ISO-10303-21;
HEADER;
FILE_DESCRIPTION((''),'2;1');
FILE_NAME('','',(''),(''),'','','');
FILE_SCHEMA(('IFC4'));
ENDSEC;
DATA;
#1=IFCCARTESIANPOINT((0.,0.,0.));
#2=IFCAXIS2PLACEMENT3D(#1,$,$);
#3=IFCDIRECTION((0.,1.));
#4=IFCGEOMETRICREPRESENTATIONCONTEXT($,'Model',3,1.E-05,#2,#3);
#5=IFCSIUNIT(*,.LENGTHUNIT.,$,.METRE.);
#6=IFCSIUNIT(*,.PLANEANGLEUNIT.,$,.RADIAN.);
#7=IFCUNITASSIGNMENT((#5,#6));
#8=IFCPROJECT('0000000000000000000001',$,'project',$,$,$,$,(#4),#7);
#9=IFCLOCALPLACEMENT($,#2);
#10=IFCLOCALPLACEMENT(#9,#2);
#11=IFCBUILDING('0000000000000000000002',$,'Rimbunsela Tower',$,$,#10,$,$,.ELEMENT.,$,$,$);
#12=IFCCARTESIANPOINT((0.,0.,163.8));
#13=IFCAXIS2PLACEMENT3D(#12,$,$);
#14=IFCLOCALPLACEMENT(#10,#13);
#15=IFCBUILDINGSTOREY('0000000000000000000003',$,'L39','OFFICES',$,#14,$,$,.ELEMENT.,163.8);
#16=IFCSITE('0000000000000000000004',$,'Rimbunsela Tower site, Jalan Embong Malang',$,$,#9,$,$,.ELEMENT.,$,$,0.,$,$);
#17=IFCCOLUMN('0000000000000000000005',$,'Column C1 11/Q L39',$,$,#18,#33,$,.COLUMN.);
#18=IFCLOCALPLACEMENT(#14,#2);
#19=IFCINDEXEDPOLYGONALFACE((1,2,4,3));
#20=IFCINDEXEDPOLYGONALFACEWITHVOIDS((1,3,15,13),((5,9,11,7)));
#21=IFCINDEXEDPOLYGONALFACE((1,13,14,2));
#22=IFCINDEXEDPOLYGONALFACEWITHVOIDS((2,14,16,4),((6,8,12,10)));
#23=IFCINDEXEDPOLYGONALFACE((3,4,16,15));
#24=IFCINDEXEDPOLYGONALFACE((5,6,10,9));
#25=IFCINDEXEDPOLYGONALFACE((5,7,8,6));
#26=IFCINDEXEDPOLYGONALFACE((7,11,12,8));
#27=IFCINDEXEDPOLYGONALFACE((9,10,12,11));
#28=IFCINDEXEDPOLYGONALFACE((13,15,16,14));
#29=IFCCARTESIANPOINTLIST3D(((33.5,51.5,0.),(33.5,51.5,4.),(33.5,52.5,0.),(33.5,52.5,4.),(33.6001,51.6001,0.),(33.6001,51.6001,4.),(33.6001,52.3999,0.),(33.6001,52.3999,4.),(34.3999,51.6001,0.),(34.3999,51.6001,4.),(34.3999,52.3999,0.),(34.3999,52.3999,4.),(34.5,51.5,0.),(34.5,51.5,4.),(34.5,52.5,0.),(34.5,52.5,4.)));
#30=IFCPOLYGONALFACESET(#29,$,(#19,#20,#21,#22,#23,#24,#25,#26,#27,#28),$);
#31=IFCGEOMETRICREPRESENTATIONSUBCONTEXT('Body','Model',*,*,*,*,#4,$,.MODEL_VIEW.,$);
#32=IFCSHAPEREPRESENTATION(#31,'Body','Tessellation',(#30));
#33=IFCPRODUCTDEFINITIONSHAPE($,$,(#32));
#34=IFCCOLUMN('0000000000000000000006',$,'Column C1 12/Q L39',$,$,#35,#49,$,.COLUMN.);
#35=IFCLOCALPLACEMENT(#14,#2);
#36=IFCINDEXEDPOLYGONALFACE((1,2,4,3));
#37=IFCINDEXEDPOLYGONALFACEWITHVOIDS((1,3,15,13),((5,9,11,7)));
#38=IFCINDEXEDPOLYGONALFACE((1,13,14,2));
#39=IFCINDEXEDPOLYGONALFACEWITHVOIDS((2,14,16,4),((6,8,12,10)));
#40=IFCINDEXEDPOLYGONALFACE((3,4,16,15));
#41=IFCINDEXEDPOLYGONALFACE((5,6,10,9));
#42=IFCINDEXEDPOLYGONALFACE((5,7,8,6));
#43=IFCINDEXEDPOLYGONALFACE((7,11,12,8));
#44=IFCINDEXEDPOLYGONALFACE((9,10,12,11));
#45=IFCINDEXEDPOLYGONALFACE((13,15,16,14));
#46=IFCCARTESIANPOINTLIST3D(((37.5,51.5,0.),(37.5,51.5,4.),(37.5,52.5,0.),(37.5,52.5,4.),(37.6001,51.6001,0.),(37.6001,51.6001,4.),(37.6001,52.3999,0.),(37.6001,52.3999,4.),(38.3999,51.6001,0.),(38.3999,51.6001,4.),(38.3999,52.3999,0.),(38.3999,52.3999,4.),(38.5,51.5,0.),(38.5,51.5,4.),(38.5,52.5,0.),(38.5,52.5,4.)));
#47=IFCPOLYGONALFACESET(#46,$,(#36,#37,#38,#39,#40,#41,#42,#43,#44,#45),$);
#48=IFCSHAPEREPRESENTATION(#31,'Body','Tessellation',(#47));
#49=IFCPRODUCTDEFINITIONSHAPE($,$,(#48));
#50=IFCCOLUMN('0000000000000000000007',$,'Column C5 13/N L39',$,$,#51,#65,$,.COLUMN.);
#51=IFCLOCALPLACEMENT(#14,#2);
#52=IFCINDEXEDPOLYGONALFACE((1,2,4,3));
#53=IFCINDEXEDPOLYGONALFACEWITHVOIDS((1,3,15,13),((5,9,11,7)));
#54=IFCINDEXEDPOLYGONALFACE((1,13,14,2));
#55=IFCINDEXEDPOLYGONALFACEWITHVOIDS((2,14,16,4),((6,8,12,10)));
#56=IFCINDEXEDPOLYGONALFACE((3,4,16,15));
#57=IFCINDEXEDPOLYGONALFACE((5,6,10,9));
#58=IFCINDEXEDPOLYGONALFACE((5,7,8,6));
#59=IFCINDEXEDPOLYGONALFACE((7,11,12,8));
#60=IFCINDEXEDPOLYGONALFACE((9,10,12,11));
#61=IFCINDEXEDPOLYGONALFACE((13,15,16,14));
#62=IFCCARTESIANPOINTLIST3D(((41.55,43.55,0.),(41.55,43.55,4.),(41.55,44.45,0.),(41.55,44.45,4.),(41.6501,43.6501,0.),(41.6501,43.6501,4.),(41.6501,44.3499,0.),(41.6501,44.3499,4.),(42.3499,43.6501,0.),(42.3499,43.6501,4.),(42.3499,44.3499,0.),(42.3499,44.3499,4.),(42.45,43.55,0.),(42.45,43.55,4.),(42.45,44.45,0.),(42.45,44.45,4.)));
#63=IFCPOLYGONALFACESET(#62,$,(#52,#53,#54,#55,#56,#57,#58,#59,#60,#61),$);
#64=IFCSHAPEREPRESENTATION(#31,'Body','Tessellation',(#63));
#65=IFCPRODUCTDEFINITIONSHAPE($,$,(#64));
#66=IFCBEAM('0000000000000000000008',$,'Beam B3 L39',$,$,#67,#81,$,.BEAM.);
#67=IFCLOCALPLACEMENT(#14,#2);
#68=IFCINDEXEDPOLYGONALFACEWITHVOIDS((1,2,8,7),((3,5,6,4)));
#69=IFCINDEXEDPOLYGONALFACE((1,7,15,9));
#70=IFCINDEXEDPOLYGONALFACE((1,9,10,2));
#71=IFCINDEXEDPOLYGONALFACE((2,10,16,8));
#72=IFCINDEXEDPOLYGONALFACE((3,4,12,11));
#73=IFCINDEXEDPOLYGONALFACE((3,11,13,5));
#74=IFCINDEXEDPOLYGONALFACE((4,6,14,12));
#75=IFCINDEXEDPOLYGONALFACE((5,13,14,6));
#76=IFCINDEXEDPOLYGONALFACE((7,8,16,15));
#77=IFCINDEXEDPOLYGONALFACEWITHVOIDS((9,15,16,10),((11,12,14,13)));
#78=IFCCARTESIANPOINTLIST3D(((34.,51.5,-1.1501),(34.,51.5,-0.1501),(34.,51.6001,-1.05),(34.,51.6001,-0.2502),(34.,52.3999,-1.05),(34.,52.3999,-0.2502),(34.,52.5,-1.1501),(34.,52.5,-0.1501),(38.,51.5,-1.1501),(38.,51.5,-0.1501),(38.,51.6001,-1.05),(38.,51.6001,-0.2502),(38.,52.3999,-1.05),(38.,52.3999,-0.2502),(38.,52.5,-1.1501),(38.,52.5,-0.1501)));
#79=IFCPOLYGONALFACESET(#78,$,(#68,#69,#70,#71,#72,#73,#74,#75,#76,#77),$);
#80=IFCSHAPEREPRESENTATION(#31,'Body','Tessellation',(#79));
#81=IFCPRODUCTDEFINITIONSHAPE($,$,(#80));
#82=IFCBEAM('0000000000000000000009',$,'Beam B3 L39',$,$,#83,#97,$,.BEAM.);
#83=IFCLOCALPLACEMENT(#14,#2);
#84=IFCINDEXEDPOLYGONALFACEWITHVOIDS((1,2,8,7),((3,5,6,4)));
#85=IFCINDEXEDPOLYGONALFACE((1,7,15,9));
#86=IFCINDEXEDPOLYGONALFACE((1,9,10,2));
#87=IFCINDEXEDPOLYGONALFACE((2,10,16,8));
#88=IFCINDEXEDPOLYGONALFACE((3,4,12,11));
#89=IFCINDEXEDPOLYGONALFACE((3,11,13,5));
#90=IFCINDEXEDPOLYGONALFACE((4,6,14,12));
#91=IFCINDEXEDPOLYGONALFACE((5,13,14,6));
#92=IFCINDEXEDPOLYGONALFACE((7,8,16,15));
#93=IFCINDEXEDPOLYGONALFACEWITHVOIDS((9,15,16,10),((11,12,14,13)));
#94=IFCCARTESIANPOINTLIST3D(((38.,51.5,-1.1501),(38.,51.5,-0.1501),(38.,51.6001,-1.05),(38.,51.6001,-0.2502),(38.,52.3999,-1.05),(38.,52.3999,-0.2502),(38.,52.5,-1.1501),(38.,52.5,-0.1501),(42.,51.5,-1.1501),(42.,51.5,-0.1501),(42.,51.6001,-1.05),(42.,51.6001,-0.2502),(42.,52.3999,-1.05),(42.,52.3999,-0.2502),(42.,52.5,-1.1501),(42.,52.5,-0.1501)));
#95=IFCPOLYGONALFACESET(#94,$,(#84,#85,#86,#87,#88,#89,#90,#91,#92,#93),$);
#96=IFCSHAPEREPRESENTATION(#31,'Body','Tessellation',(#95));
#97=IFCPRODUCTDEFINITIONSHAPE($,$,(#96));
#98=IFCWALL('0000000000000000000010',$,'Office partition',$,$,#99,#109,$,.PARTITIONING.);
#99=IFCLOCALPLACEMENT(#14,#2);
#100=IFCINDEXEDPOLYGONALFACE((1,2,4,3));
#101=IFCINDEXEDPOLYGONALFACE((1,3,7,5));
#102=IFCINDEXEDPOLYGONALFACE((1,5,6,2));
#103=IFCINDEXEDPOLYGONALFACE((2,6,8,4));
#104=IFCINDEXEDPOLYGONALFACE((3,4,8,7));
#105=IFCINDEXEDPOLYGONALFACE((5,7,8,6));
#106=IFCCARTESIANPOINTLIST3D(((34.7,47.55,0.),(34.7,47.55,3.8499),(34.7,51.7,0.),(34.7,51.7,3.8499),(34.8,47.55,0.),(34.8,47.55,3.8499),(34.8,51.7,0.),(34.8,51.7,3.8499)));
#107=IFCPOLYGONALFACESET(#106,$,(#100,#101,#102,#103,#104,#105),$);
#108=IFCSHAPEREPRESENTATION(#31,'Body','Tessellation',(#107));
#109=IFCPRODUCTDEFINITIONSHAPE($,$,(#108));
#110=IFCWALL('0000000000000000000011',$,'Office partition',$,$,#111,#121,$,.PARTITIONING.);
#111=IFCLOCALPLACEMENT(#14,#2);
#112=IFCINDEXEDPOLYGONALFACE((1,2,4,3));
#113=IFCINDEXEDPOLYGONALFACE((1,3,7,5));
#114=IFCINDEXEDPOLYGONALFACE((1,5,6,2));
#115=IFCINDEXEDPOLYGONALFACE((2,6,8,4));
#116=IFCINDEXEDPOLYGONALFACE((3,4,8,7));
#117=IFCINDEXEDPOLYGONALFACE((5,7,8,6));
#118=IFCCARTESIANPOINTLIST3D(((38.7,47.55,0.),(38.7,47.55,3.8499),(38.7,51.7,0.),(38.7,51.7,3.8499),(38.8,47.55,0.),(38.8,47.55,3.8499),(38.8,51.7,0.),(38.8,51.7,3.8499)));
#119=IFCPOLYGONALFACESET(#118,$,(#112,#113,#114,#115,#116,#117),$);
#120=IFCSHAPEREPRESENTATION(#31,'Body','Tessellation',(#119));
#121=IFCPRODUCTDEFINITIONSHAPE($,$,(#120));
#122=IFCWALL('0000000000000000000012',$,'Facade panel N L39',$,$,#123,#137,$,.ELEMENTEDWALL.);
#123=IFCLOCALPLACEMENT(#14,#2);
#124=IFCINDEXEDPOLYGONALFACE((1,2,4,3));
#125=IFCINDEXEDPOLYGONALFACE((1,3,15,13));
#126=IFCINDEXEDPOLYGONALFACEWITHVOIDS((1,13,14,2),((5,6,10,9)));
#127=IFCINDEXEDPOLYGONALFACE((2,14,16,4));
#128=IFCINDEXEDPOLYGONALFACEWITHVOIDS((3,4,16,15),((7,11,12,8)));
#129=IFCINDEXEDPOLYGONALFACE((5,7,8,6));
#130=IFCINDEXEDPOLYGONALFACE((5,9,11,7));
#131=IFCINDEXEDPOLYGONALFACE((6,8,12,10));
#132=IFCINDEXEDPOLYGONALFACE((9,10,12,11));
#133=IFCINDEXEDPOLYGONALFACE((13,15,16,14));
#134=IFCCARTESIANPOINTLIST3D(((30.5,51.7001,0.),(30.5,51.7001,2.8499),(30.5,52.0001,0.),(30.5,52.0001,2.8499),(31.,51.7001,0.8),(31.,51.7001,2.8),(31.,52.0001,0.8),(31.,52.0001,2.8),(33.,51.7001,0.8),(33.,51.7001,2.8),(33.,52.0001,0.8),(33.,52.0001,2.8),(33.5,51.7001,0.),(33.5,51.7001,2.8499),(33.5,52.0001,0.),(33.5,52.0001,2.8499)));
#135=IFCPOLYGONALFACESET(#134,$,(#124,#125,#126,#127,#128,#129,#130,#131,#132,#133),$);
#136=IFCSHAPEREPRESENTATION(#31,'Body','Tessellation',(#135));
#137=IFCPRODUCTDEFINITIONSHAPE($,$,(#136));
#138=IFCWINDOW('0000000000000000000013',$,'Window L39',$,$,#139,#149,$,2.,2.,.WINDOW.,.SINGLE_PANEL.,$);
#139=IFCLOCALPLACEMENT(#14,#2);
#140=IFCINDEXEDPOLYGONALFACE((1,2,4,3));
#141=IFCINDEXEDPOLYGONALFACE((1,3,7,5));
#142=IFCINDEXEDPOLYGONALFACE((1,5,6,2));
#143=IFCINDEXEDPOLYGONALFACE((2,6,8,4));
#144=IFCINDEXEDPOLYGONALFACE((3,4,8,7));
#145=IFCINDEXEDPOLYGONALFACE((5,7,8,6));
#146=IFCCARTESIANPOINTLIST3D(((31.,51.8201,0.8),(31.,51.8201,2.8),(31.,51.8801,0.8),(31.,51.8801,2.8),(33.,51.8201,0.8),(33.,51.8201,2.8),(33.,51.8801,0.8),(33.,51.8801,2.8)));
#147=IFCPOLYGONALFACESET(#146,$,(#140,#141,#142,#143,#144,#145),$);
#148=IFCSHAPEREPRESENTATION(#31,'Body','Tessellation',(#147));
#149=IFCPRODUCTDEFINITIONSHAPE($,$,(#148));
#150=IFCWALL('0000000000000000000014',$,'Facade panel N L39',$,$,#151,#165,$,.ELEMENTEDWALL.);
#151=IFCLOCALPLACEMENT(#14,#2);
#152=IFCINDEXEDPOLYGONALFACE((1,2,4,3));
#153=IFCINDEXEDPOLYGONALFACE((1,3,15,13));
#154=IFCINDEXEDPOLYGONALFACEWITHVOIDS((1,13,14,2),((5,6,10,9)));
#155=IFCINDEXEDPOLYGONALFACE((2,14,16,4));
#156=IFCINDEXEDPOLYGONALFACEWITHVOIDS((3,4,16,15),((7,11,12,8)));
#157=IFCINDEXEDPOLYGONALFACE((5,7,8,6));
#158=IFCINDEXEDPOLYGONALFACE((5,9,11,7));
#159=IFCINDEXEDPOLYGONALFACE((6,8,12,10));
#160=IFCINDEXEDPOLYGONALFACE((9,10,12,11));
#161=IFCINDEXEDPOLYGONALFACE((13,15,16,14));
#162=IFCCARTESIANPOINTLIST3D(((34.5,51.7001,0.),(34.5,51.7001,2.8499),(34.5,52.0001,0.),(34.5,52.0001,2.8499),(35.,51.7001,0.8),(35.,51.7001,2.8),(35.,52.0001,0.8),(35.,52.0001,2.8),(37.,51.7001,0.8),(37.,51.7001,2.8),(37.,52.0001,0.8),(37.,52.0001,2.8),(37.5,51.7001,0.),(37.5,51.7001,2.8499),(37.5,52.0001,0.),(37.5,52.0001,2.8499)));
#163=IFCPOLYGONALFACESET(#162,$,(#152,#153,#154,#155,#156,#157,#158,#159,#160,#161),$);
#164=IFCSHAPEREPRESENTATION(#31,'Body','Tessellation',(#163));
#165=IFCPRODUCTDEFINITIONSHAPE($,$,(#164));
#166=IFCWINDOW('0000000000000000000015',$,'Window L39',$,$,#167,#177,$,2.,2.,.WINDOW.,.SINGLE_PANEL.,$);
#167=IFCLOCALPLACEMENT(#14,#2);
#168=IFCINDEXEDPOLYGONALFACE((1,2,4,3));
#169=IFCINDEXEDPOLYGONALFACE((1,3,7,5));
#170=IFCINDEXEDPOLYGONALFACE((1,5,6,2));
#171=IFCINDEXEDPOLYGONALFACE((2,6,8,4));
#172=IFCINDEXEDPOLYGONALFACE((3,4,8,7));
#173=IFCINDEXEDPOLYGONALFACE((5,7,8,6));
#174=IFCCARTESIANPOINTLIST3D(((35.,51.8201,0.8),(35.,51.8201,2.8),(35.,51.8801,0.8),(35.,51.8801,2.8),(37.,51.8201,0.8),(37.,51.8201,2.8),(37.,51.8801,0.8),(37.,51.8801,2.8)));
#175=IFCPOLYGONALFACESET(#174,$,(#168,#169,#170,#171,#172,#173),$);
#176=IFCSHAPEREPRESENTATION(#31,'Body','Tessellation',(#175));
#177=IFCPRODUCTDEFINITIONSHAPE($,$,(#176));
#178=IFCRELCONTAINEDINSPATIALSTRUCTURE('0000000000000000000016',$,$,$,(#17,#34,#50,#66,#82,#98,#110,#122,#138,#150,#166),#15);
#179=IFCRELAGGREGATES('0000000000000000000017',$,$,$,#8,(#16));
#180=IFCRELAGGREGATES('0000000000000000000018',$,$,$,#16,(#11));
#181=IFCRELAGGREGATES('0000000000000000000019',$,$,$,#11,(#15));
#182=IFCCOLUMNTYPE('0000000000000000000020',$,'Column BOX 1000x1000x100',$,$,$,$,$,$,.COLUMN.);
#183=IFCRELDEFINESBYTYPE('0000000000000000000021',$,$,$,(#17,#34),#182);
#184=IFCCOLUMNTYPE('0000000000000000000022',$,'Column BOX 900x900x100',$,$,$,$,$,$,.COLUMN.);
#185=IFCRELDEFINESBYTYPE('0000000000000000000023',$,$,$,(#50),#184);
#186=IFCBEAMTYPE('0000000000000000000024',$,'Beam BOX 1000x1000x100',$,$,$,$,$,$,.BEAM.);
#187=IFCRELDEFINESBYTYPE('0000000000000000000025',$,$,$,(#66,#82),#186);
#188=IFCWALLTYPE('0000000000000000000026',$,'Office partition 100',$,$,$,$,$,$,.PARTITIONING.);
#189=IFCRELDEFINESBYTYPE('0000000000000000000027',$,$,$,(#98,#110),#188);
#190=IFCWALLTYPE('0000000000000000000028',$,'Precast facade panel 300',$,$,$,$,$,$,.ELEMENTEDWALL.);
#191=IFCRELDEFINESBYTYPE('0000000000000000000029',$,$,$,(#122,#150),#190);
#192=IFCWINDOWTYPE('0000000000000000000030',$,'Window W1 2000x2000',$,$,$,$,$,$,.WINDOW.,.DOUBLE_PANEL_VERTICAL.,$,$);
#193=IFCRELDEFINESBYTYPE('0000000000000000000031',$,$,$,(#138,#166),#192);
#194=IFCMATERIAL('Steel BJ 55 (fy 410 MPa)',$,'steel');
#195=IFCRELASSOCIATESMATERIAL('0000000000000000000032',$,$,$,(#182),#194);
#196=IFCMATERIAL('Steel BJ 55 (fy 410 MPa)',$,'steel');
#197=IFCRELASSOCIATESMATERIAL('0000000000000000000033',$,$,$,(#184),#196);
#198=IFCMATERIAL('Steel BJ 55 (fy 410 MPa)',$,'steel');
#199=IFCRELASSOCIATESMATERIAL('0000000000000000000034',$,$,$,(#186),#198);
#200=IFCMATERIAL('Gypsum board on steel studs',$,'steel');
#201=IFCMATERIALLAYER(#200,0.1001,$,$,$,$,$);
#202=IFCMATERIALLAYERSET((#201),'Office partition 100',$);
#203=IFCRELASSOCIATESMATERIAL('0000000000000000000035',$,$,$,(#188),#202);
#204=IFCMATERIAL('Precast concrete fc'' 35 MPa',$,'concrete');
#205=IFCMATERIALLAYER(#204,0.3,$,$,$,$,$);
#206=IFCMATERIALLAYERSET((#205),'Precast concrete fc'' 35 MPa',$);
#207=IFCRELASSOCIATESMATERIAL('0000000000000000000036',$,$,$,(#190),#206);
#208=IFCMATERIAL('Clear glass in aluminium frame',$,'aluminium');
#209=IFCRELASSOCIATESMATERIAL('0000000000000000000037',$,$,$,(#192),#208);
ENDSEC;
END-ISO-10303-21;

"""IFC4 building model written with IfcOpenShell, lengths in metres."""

from ifc_helpers import new_model, si_unit, direction, frame, frame_2d, origin, origin_2d, place, context, subcontext, project, spatial, rectangle, hollow_rectangle, extrude, material, layer, layer_set, material_profile, profile_set, type_object, element, fill, save


model = new_model("IFC4")

# Units and contexts
model_context = context("Model", 3, precision=1e-05, world=origin(), true_north=direction((0.0, 1.0)))
body_context = subcontext(model_context, "Body", "Model", "MODEL_VIEW")
ifc_project = project(units=[si_unit("LENGTHUNIT", "METRE"), si_unit("PLANEANGLEUNIT", "RADIAN")], contexts=[model_context])

# Site, building, storey
site_placement = place(None, origin())
site = spatial("IfcSite", under=ifc_project, at=site_placement, Name="Rimbunsela Tower site, Jalan Embong Malang", CompositionType="ELEMENT", RefElevation=0.0)
building_placement = place(site_placement, origin())
building = spatial("IfcBuilding", under=site, at=building_placement, Name="Rimbunsela Tower", CompositionType="ELEMENT")
storey_placement = place(building_placement, frame((0.0, 0.0, 163.8)))
storey = spatial("IfcBuildingStorey", under=building, at=storey_placement, Name="L39", Description="OFFICES", CompositionType="ELEMENT", Elevation=163.8)

# Columns
ifc_material_1 = material(Name="Steel BJ 55 (fy 410 MPa)", Category="steel")
ifc_material_profile_1 = material_profile(ifc_material_1, hollow_rectangle(XDim=1.0, YDim=1.0, WallThickness=0.1001, at=origin_2d()), Name="BOX 1000x1000x100")
ifc_profile_set_1 = profile_set([ifc_material_profile_1], Name="Steel BJ 55 (fy 410 MPa)")
column_type_1 = type_object("IfcColumnType", Name="Column BOX 1000x1000x100", PredefinedType="COLUMN", material=ifc_profile_set_1)
for number, where, z_axis, x_axis, name in (
    (1, (34.0, 52.0, 0.0), (0.0, 0.0, 1.0), (1.0, 0.0, 0.0), "Column C1 11/Q L39"),
    (2, (38.0, 52.0, 0.0), (0.0, 0.0, 1.0), (1.0, 0.0, 0.0), "Column C1 12/Q L39"),
):
    element("IfcColumn", number, at=place(storey_placement, frame(where, z_axis=z_axis, x_axis=x_axis)), inside=storey, type_object=column_type_1, Name=name, PredefinedType="COLUMN", context=body_context, shape_type="SweptSolid", body=[
        extrude(hollow_rectangle(XDim=1.0, YDim=1.0, WallThickness=0.1001, at=origin_2d()), origin(), (0.0, 0.0, 1.0), 4.0),
    ])
ifc_material_2 = material(Name="Steel BJ 55 (fy 410 MPa)", Category="steel")
ifc_material_profile_2 = material_profile(ifc_material_2, hollow_rectangle(XDim=0.8999, YDim=0.8999, WallThickness=0.1001, at=origin_2d()), Name="BOX 900x900x100")
ifc_profile_set_2 = profile_set([ifc_material_profile_2], Name="Steel BJ 55 (fy 410 MPa)")
column_type_2 = type_object("IfcColumnType", Name="Column BOX 900x900x100", PredefinedType="COLUMN", material=ifc_profile_set_2)
column_placement = place(storey_placement, frame((42.0, 44.0, 0.0), z_axis=(0.0, 0.0, 1.0), x_axis=(1.0, 0.0, 0.0)))
element("IfcColumn", 3, at=column_placement, inside=storey, type_object=column_type_2, Name="Column C5 13/N L39", PredefinedType="COLUMN", context=body_context, shape_type="SweptSolid", body=[
    extrude(hollow_rectangle(XDim=0.8999, YDim=0.8999, WallThickness=0.1001, at=origin_2d()), origin(), (0.0, 0.0, 1.0), 4.0),
])

# Beams
ifc_material_3 = material(Name="Steel BJ 55 (fy 410 MPa)", Category="steel")
ifc_material_profile_3 = material_profile(ifc_material_3, hollow_rectangle(XDim=1.0, YDim=1.0, WallThickness=0.1001, at=origin_2d()), Name="BOX 1000x1000x100")
ifc_profile_set_3 = profile_set([ifc_material_profile_3], Name="Steel BJ 55 (fy 410 MPa)")
beam_type = type_object("IfcBeamType", Name="Beam BOX 1000x1000x100", PredefinedType="BEAM", material=ifc_profile_set_3)
for number, where, z_axis, x_axis, name in (
    (4, (34.0, 52.0, -0.6501), (1.0, 0.0, 0.0), (0.0, 1.0, 0.0), "Beam B3 L39"),
    (5, (38.0, 52.0, -0.6501), (1.0, 0.0, 0.0), (0.0, 1.0, 0.0), "Beam B3 L39"),
):
    element("IfcBeam", number, at=place(storey_placement, frame(where, z_axis=z_axis, x_axis=x_axis)), inside=storey, type_object=beam_type, Name=name, PredefinedType="BEAM", context=body_context, shape_type="SweptSolid", body=[
        extrude(hollow_rectangle(XDim=1.0, YDim=1.0, WallThickness=0.1001, at=origin_2d()), origin(), (0.0, 0.0, 1.0), 4.0),
    ])

# Walls
ifc_material_4 = material(Name="Gypsum board on steel studs", Category="steel")
ifc_layer_1 = layer(ifc_material_4, 0.1001)
ifc_layer_set_1 = layer_set([ifc_layer_1], Name="Office partition 100")
wall_type_1 = type_object("IfcWallType", Name="Office partition 100", PredefinedType="PARTITIONING", material=ifc_layer_set_1)
for number, where, z_axis, x_axis, name in (
    (6, (34.75, 47.55, 0.0), (0.0, 0.0, 1.0), (0.0, 1.0, 0.0), "Office partition"),
    (7, (38.75, 47.55, 0.0), (0.0, 0.0, 1.0), (0.0, 1.0, 0.0), "Office partition"),
):
    element("IfcWall", number, at=place(storey_placement, frame(where, z_axis=z_axis, x_axis=x_axis)), inside=storey, type_object=wall_type_1, Name=name, PredefinedType="PARTITIONING", context=body_context, shape_type="SweptSolid", body=[
        extrude(rectangle(XDim=4.1499, YDim=0.1001, at=frame_2d((2.075, 0.0))), origin(), (0.0, 0.0, 1.0), 3.8499),
    ])

# Walls, openings, windows
ifc_material_5 = material(Name="Precast concrete fc' 35 MPa", Category="concrete")
ifc_layer_2 = layer(ifc_material_5, 0.3)
ifc_layer_set_2 = layer_set([ifc_layer_2], Name="Precast concrete fc' 35 MPa")
wall_type_2 = type_object("IfcWallType", Name="Precast facade panel 300", PredefinedType="ELEMENTEDWALL", material=ifc_layer_set_2)
wall_1_placement = place(storey_placement, frame((33.5, 51.8501, 0.0), z_axis=(0.0, 0.0, 1.0), x_axis=(-1.0, 0.0, 0.0)))
wall_1 = element("IfcWall", 8, at=wall_1_placement, inside=storey, type_object=wall_type_2, Name="Facade panel N L39", PredefinedType="ELEMENTEDWALL", context=body_context, shape_type="SweptSolid", body=[
    extrude(rectangle(XDim=3.0, YDim=0.3, at=frame_2d((1.5, 0.0))), origin(), (0.0, 0.0, 1.0), 2.8499),
])
opening_1_placement = place(wall_1_placement, frame((0.5, 0.0, 0.8)))
opening_1 = element("IfcOpeningElement", 9, at=opening_1_placement, cuts=wall_1, PredefinedType="OPENING", context=body_context, shape_type="SweptSolid", body=[
    extrude(rectangle(XDim=2.0, YDim=2.0, at=frame_2d((1.0, 1.0))), frame((0.0, 0.1599, 0.0), z_axis=(0.0, -1.0, 0.0), x_axis=(1.0, 0.0, 0.0)), (0.0, 0.0, 1.0), 0.3201),
])
ifc_material_6 = material(Name="Clear glass in aluminium frame", Category="aluminium")
window_type = type_object("IfcWindowType", Name="Window W1 2000x2000", PartitioningType="DOUBLE_PANEL_VERTICAL", PredefinedType="WINDOW", material=ifc_material_6)
window_1_placement = place(opening_1_placement, origin())
window_1 = element("IfcWindow", 10, at=window_1_placement, inside=storey, type_object=window_type, Name="Window L39", OverallHeight=2.0, OverallWidth=2.0, PartitioningType="SINGLE_PANEL", PredefinedType="WINDOW", context=body_context, shape_type="SweptSolid", body=[
    extrude(rectangle(XDim=2.0, YDim=2.0, at=frame_2d((1.0, 1.0))), frame((0.0, 0.03, 0.0), z_axis=(0.0, -1.0, 0.0), x_axis=(1.0, 0.0, 0.0)), (0.0, 0.0, 1.0), 0.0601),
])
fill(opening_1, window_1)
wall_2_placement = place(storey_placement, frame((37.5, 51.8501, 0.0), z_axis=(0.0, 0.0, 1.0), x_axis=(-1.0, 0.0, 0.0)))
wall_2 = element("IfcWall", 11, at=wall_2_placement, inside=storey, type_object=wall_type_2, Name="Facade panel N L39", PredefinedType="ELEMENTEDWALL", context=body_context, shape_type="SweptSolid", body=[
    extrude(rectangle(XDim=3.0, YDim=0.3, at=frame_2d((1.5, 0.0))), origin(), (0.0, 0.0, 1.0), 2.8499),
])
opening_2_placement = place(wall_2_placement, frame((0.5, 0.0, 0.8)))
opening_2 = element("IfcOpeningElement", 12, at=opening_2_placement, cuts=wall_2, PredefinedType="OPENING", context=body_context, shape_type="SweptSolid", body=[
    extrude(rectangle(XDim=2.0, YDim=2.0, at=frame_2d((1.0, 1.0))), frame((0.0, 0.1599, 0.0), z_axis=(0.0, -1.0, 0.0), x_axis=(1.0, 0.0, 0.0)), (0.0, 0.0, 1.0), 0.3201),
])
window_2_placement = place(opening_2_placement, origin())
window_2 = element("IfcWindow", 13, at=window_2_placement, inside=storey, type_object=window_type, Name="Window L39", OverallHeight=2.0, OverallWidth=2.0, PartitioningType="SINGLE_PANEL", PredefinedType="WINDOW", context=body_context, shape_type="SweptSolid", body=[
    extrude(rectangle(XDim=2.0, YDim=2.0, at=frame_2d((1.0, 1.0))), frame((0.0, 0.03, 0.0), z_axis=(0.0, -1.0, 0.0), x_axis=(1.0, 0.0, 0.0)), (0.0, 0.0, 1.0), 0.0601),
])
fill(opening_2, window_2)

save(model, "model.ifc")
